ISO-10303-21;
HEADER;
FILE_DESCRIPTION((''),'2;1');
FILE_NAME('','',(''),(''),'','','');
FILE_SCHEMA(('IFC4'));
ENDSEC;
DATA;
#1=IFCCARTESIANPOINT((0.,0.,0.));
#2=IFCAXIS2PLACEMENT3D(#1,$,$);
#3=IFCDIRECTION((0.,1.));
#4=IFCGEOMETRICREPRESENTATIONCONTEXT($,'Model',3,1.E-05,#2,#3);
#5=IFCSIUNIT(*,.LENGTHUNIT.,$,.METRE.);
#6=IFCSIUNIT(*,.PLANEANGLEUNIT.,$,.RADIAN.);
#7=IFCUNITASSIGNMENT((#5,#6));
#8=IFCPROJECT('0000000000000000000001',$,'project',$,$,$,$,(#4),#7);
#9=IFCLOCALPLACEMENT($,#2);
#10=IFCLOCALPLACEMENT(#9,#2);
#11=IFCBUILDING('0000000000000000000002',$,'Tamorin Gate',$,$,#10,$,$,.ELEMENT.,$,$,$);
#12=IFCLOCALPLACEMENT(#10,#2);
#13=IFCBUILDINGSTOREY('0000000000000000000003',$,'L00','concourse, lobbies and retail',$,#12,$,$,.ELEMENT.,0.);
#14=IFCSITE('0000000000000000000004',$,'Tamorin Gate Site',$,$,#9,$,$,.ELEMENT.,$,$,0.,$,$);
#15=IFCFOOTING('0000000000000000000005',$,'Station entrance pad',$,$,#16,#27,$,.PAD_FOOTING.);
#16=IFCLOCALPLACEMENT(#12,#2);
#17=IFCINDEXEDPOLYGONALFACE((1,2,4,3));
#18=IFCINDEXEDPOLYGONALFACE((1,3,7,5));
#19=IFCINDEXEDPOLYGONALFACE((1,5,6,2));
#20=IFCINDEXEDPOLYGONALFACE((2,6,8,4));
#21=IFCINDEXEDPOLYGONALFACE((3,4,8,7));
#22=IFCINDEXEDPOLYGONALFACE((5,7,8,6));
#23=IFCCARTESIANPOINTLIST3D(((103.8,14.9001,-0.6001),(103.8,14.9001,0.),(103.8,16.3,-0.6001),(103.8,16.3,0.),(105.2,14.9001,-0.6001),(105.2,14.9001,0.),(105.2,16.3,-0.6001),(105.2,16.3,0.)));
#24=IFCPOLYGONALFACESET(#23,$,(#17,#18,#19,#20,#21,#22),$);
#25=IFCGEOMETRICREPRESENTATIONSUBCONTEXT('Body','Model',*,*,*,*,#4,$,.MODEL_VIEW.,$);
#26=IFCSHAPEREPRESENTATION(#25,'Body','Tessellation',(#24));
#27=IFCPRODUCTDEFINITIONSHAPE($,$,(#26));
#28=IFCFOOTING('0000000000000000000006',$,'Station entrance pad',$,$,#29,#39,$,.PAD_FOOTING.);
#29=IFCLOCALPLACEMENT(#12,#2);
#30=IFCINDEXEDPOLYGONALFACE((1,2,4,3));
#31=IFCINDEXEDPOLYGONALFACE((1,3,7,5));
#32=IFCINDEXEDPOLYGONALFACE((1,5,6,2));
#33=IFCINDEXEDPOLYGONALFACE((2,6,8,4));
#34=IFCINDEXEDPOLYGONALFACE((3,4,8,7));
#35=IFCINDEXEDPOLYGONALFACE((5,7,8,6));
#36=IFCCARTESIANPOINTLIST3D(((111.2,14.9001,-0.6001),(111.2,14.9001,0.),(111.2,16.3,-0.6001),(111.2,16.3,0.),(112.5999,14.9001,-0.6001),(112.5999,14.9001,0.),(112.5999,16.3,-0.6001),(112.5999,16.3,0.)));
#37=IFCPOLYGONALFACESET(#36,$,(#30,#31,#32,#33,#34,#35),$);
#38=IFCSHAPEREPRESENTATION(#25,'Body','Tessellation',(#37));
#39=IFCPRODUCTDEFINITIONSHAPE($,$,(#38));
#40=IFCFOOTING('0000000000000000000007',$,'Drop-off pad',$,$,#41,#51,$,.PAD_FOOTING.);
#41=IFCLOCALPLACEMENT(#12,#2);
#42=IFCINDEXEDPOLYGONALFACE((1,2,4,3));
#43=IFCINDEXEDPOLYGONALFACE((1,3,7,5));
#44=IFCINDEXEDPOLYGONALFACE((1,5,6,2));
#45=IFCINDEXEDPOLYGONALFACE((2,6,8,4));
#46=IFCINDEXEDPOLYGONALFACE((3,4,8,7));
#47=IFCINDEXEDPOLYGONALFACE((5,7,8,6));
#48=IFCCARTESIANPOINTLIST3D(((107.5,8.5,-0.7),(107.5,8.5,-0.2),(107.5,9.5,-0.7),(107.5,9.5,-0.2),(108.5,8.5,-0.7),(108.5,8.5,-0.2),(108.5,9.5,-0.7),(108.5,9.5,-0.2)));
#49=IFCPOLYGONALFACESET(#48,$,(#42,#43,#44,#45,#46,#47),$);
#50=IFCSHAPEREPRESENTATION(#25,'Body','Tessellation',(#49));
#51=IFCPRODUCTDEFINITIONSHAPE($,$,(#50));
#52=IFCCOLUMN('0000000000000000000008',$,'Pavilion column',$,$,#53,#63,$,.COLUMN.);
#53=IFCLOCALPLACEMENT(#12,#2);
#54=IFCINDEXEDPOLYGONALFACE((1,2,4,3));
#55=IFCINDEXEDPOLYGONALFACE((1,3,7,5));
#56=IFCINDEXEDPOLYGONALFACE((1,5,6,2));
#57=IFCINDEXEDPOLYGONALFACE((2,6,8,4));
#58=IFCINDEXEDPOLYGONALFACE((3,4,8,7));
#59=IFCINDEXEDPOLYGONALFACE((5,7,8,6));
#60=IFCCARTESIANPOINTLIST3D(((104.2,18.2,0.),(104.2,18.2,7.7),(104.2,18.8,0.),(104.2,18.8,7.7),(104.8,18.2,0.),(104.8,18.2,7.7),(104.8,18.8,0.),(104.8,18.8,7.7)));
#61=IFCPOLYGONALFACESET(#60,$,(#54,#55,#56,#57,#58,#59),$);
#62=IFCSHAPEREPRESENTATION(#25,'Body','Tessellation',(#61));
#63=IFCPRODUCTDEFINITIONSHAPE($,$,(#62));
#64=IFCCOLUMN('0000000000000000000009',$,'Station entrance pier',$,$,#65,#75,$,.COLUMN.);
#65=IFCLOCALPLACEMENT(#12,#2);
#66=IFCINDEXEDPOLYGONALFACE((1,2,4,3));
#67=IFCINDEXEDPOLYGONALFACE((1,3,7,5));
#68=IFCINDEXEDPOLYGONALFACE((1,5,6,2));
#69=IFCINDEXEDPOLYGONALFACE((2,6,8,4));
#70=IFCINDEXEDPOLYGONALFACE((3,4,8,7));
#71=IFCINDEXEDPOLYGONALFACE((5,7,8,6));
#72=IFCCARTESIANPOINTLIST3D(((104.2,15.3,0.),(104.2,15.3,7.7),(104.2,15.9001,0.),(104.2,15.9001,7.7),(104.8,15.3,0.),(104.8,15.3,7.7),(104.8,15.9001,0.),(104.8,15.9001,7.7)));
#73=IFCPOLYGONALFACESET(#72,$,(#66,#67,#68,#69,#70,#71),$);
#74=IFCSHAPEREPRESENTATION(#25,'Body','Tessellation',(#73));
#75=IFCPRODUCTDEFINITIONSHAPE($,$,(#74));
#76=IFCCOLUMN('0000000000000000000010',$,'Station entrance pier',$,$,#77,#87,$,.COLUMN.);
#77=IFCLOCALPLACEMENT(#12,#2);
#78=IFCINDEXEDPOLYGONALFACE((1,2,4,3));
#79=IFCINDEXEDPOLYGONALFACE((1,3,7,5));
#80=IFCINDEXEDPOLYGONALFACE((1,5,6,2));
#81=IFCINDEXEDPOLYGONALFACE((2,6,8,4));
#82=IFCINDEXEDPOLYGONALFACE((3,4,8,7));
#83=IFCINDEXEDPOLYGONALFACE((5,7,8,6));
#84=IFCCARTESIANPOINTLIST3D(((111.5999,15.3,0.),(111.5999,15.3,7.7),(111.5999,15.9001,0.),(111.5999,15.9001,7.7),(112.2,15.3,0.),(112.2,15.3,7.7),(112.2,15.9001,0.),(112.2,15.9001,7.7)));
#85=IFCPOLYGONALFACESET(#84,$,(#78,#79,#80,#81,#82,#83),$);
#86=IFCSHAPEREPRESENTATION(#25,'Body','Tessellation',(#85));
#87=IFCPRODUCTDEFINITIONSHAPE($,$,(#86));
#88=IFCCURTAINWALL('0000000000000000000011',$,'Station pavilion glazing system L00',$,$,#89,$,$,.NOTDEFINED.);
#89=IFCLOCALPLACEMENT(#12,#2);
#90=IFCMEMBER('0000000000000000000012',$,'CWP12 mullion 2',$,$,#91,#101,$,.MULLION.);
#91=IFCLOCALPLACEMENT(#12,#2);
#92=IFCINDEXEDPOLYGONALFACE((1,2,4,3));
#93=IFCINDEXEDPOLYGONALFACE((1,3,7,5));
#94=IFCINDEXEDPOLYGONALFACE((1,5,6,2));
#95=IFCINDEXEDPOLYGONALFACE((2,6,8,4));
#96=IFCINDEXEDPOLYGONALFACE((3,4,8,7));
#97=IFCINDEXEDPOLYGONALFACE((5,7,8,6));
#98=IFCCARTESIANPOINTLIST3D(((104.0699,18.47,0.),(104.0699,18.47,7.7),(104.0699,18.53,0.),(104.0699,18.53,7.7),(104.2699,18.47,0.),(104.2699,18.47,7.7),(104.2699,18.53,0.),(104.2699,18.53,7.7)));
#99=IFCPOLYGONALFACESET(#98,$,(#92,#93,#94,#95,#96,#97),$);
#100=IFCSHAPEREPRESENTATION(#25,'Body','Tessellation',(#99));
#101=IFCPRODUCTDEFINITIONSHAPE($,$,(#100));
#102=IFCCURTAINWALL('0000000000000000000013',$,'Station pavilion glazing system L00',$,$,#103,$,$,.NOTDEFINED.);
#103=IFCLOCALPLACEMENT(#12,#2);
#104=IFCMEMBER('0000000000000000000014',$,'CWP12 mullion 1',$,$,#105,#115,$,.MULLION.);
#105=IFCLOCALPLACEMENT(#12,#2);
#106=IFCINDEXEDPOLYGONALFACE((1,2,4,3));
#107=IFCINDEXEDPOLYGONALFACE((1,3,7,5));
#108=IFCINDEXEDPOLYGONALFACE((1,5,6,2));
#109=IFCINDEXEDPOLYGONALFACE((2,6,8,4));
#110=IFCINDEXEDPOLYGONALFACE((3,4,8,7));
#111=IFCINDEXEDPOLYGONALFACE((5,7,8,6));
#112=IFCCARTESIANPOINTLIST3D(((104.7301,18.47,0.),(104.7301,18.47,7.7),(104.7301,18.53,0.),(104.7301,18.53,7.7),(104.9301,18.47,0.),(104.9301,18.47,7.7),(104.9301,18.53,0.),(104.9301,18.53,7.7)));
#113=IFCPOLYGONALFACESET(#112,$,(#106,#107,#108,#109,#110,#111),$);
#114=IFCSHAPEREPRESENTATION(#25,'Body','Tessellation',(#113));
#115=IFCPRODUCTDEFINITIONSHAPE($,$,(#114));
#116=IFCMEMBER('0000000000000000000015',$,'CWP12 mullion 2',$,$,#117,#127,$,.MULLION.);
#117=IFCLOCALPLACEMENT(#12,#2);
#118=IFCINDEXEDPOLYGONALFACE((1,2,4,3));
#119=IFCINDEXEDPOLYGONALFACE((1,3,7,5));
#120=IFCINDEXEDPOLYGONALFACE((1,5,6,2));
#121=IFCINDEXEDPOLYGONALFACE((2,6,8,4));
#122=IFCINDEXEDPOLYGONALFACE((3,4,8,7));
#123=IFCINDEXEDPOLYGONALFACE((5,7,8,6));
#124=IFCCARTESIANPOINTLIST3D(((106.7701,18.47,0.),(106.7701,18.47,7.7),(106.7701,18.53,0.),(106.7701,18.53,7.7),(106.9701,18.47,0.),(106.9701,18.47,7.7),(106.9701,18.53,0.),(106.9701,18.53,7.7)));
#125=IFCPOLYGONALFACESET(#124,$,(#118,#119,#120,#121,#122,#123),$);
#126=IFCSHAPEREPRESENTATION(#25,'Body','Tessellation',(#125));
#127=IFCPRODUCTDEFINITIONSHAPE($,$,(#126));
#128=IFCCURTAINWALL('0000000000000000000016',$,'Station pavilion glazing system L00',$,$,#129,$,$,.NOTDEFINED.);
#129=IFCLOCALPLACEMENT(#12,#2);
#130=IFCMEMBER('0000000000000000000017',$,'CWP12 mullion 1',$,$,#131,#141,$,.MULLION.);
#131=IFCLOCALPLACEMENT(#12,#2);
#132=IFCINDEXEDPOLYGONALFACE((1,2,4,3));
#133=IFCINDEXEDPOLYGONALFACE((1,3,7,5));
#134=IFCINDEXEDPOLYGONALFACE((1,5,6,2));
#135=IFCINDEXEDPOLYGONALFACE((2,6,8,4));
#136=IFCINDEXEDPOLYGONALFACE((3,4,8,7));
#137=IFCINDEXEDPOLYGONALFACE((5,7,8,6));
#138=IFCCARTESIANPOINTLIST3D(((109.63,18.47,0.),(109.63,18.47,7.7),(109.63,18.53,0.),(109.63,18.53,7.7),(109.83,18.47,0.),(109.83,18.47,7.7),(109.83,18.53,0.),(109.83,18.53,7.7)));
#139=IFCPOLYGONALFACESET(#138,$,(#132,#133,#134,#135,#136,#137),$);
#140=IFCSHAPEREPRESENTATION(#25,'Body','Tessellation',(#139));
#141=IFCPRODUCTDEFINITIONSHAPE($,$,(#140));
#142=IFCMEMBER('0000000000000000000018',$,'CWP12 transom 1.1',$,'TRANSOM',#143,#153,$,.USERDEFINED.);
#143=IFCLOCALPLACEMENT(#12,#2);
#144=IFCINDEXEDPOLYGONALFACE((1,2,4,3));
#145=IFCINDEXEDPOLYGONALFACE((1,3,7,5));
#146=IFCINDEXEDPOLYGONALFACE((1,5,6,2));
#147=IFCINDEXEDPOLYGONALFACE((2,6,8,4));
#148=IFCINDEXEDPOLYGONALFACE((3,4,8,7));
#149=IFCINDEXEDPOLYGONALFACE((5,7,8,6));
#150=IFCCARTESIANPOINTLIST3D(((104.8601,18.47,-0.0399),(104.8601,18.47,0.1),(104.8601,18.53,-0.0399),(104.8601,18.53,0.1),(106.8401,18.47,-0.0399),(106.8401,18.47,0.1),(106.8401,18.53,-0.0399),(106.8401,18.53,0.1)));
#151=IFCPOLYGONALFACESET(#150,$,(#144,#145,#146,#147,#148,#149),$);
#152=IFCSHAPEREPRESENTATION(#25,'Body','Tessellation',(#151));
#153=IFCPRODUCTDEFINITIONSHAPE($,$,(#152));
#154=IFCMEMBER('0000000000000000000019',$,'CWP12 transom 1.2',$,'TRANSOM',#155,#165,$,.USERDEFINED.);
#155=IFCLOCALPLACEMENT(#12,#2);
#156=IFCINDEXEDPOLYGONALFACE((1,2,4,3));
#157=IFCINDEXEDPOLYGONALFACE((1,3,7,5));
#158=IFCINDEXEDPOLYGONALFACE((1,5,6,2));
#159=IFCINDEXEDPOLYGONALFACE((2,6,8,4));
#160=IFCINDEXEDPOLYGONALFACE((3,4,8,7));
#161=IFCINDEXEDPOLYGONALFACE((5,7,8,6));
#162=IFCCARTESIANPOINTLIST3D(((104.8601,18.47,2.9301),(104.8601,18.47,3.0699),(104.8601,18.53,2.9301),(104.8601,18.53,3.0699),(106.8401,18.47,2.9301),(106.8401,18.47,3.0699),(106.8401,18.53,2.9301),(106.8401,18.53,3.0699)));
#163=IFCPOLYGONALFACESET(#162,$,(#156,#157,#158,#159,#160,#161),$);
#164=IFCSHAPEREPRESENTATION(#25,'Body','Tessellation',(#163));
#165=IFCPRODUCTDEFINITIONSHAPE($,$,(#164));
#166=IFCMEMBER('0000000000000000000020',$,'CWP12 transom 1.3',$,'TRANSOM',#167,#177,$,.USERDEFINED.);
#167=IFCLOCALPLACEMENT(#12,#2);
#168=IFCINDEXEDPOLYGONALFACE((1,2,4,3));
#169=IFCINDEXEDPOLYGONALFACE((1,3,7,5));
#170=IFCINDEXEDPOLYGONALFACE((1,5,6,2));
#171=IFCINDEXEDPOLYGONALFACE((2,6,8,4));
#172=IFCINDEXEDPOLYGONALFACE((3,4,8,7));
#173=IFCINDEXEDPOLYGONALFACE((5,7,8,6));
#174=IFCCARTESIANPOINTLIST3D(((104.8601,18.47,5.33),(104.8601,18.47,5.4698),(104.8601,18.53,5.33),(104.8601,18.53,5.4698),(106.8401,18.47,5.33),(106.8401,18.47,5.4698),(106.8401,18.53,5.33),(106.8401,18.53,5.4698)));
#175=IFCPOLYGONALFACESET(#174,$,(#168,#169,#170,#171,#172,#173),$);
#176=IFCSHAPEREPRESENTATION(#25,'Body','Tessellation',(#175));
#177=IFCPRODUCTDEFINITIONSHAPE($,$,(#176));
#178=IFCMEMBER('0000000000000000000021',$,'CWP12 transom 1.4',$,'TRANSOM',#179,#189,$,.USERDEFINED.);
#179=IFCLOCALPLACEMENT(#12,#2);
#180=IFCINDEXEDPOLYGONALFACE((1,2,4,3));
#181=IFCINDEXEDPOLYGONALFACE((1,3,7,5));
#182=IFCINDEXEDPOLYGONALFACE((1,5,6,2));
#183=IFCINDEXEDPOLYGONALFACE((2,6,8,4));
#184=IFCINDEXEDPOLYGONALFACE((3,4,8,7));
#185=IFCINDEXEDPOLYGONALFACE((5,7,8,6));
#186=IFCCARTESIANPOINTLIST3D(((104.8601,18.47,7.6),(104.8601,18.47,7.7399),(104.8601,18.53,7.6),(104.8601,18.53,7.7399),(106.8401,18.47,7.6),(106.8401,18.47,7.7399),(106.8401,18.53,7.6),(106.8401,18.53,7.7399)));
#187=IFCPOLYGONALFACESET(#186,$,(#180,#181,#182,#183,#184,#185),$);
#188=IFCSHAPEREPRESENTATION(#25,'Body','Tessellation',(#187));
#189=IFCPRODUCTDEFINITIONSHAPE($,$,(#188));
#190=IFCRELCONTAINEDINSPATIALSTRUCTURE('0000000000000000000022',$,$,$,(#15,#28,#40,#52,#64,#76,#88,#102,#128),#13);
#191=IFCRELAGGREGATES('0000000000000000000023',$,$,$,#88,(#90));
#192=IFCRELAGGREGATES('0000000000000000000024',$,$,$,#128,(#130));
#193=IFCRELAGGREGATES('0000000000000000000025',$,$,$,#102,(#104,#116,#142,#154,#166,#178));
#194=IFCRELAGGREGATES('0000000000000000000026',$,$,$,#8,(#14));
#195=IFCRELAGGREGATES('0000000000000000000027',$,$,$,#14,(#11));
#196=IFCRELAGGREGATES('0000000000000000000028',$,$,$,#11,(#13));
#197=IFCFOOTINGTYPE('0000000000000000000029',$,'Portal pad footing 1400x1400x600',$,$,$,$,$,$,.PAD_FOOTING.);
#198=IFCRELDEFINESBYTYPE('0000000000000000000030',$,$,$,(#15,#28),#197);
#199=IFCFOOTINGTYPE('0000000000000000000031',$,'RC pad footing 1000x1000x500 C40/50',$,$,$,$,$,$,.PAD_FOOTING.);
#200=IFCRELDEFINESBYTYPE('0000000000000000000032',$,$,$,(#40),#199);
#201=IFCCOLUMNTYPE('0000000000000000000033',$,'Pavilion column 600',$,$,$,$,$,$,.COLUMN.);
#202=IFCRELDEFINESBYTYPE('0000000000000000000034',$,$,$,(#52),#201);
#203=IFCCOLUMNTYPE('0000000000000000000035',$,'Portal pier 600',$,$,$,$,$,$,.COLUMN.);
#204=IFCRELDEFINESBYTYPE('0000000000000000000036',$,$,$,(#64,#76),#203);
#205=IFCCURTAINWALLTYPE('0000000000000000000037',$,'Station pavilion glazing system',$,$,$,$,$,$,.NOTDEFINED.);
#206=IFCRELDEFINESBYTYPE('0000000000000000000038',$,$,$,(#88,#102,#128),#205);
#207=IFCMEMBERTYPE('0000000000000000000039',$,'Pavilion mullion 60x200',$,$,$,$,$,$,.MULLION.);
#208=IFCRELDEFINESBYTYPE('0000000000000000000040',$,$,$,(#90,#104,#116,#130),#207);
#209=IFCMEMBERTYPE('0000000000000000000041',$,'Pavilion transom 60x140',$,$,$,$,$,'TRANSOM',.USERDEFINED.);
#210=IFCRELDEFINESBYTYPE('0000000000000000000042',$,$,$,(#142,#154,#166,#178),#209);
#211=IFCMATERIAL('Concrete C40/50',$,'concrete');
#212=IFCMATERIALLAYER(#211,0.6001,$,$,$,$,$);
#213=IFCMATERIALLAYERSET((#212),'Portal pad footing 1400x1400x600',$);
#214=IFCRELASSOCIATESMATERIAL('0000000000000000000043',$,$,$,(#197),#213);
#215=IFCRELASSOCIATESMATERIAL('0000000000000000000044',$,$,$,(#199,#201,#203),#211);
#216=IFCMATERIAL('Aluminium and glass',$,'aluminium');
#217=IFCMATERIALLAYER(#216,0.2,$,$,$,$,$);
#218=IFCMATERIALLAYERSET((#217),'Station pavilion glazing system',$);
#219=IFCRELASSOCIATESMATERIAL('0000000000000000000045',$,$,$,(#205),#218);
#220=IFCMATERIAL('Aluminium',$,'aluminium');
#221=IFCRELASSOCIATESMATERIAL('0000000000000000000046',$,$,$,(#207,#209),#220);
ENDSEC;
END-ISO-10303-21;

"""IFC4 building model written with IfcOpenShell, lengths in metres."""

from ifc_helpers import new_model, si_unit, direction, frame, origin, origin_2d, place, context, subcontext, project, spatial, rectangle, extrude, material, layer, layer_set, material_profile, profile_set, type_object, element, aggregate, save


model = new_model("IFC4")

# Units and contexts
model_context = context("Model", 3, precision=1e-05, world=origin(), true_north=direction((0.0, 1.0)))
body_context = subcontext(model_context, "Body", "Model", "MODEL_VIEW")
ifc_project = project(units=[si_unit("LENGTHUNIT", "METRE"), si_unit("PLANEANGLEUNIT", "RADIAN")], contexts=[model_context])

# Site, building, storey
site_placement = place(None, origin())
site = spatial("IfcSite", under=ifc_project, at=site_placement, Name="Tamorin Gate Site", CompositionType="ELEMENT", RefElevation=0.0)
building_placement = place(site_placement, origin())
building = spatial("IfcBuilding", under=site, at=building_placement, Name="Tamorin Gate", CompositionType="ELEMENT")
storey_placement = place(building_placement, origin())
storey = spatial("IfcBuildingStorey", under=building, at=storey_placement, Name="L00", Description="concourse, lobbies and retail", CompositionType="ELEMENT", Elevation=0.0)

# Footings
ifc_material_1 = material(Name="Concrete C40/50", Category="concrete")
ifc_layer_1 = layer(ifc_material_1, 0.6001)
ifc_layer_set_1 = layer_set([ifc_layer_1], Name="Portal pad footing 1400x1400x600")
footing_type_1 = type_object("IfcFootingType", Name="Portal pad footing 1400x1400x600", PredefinedType="PAD_FOOTING", material=ifc_layer_set_1)
for number, where, z_axis, x_axis, name in (
    (1, (104.5, 15.6001, -0.6001), (0.0, 0.0, 1.0), (1.0, 0.0, 0.0), "Station entrance pad"),
    (2, (111.8999, 15.6001, -0.6001), (0.0, 0.0, 1.0), (1.0, 0.0, 0.0), "Station entrance pad"),
):
    element("IfcFooting", number, at=place(storey_placement, frame(where, z_axis=z_axis, x_axis=x_axis)), inside=storey, type_object=footing_type_1, Name=name, PredefinedType="PAD_FOOTING", context=body_context, shape_type="SweptSolid", body=[
        extrude(rectangle(XDim=1.3999, YDim=1.3999, at=origin_2d()), origin(), (0.0, 0.0, 1.0), 0.6001),
    ])
footing_type_2 = type_object("IfcFootingType", Name="RC pad footing 1000x1000x500 C40/50", PredefinedType="PAD_FOOTING", material=ifc_material_1)
footing_placement = place(storey_placement, frame((108.0, 9.0, -0.7), z_axis=(0.0, 0.0, 1.0), x_axis=(1.0, 0.0, 0.0)))
element("IfcFooting", 3, at=footing_placement, inside=storey, type_object=footing_type_2, Name="Drop-off pad", PredefinedType="PAD_FOOTING", context=body_context, shape_type="SweptSolid", body=[
    extrude(rectangle(XDim=1.0, YDim=1.0, at=origin_2d()), origin(), (0.0, 0.0, 1.0), 0.5),
])

# Columns
ifc_material_profile_1 = material_profile(ifc_material_1, rectangle(XDim=0.6001, YDim=0.6001, at=origin_2d()))
ifc_profile_set_1 = profile_set([ifc_material_profile_1], Name="Concrete C40/50")
column_type_1 = type_object("IfcColumnType", Name="Pavilion column 600", PredefinedType="COLUMN", material=ifc_profile_set_1)
column_placement = place(storey_placement, frame((104.5, 18.5, 0.0), z_axis=(0.0, 0.0, 1.0), x_axis=(1.0, 0.0, 0.0)))
element("IfcColumn", 4, at=column_placement, inside=storey, type_object=column_type_1, Name="Pavilion column", PredefinedType="COLUMN", context=body_context, shape_type="SweptSolid", body=[
    extrude(rectangle(XDim=0.6001, YDim=0.6001, at=origin_2d()), origin(), (0.0, 0.0, 1.0), 7.7),
])
ifc_material_profile_2 = material_profile(ifc_material_1, rectangle(XDim=0.6001, YDim=0.6001, at=origin_2d()), Name="RC 600x600")
ifc_profile_set_2 = profile_set([ifc_material_profile_2], Name="Concrete C40/50")
column_type_2 = type_object("IfcColumnType", Name="Portal pier 600", PredefinedType="COLUMN", material=ifc_profile_set_2)
for number, where, z_axis, x_axis, name in (
    (5, (104.5, 15.6001, 0.0), (0.0, 0.0, 1.0), (1.0, 0.0, 0.0), "Station entrance pier"),
    (6, (111.8999, 15.6001, 0.0), (0.0, 0.0, 1.0), (1.0, 0.0, 0.0), "Station entrance pier"),
):
    element("IfcColumn", number, at=place(storey_placement, frame(where, z_axis=z_axis, x_axis=x_axis)), inside=storey, type_object=column_type_2, Name=name, PredefinedType="COLUMN", context=body_context, shape_type="SweptSolid", body=[
        extrude(rectangle(XDim=0.6001, YDim=0.6001, at=origin_2d()), origin(), (0.0, 0.0, 1.0), 7.7),
    ])

# Curtain wall, member
ifc_material_2 = material(Name="Aluminium and glass", Category="aluminium")
ifc_layer_2 = layer(ifc_material_2, 0.2)
ifc_layer_set_2 = layer_set([ifc_layer_2], Name="Station pavilion glazing system")
curtain_wall_type = type_object("IfcCurtainWallType", Name="Station pavilion glazing system", PredefinedType="NOTDEFINED", material=ifc_layer_set_2)
curtain_wall_1_placement = place(storey_placement, origin())
curtain_wall_1 = element("IfcCurtainWall", 7, at=curtain_wall_1_placement, inside=storey, type_object=curtain_wall_type, Name="Station pavilion glazing system L00", PredefinedType="NOTDEFINED")
ifc_material_3 = material(Name="Aluminium", Category="aluminium")
ifc_material_profile_3 = material_profile(ifc_material_3, rectangle(XDim=0.0601, YDim=0.2, at=origin_2d()), Name="RECT 60x200")
ifc_profile_set_3 = profile_set([ifc_material_profile_3], Name="Aluminium")
member_type_1 = type_object("IfcMemberType", Name="Pavilion mullion 60x200", PredefinedType="MULLION", material=ifc_profile_set_3)
member_1_placement = place(storey_placement, frame((104.1699, 18.5, 0.0), z_axis=(0.0, 0.0, 1.0), x_axis=(0.0, 1.0, 0.0)))
member_1 = element("IfcMember", 8, at=member_1_placement, type_object=member_type_1, Name="CWP12 mullion 2", PredefinedType="MULLION", context=body_context, shape_type="SweptSolid", body=[
    extrude(rectangle(XDim=0.0601, YDim=0.2, at=origin_2d()), origin(), (0.0, 0.0, 1.0), 7.7),
])
aggregate(curtain_wall_1, [member_1])

# Curtain wall, members
curtain_wall_2_placement = place(storey_placement, origin())
curtain_wall_2 = element("IfcCurtainWall", 9, at=curtain_wall_2_placement, inside=storey, type_object=curtain_wall_type, Name="Station pavilion glazing system L00", PredefinedType="NOTDEFINED")
member_2_placement = place(storey_placement, frame((104.8301, 18.5, 0.0), z_axis=(0.0, 0.0, 1.0), x_axis=(0.0, 1.0, 0.0)))
member_2 = element("IfcMember", 10, at=member_2_placement, type_object=member_type_1, Name="CWP12 mullion 1", PredefinedType="MULLION", context=body_context, shape_type="SweptSolid", body=[
    extrude(rectangle(XDim=0.0601, YDim=0.2, at=origin_2d()), origin(), (0.0, 0.0, 1.0), 7.7),
])
member_3_placement = place(storey_placement, frame((106.8701, 18.5, 0.0), z_axis=(0.0, 0.0, 1.0), x_axis=(0.0, 1.0, 0.0)))
member_3 = element("IfcMember", 11, at=member_3_placement, type_object=member_type_1, Name="CWP12 mullion 2", PredefinedType="MULLION", context=body_context, shape_type="SweptSolid", body=[
    extrude(rectangle(XDim=0.0601, YDim=0.2, at=origin_2d()), origin(), (0.0, 0.0, 1.0), 7.7),
])

# Curtain wall, member
curtain_wall_3_placement = place(storey_placement, origin())
curtain_wall_3 = element("IfcCurtainWall", 12, at=curtain_wall_3_placement, inside=storey, type_object=curtain_wall_type, Name="Station pavilion glazing system L00", PredefinedType="NOTDEFINED")
member_4_placement = place(storey_placement, frame((109.73, 18.5, 0.0), z_axis=(0.0, 0.0, 1.0), x_axis=(0.0, 1.0, 0.0)))
member_4 = element("IfcMember", 13, at=member_4_placement, type_object=member_type_1, Name="CWP12 mullion 1", PredefinedType="MULLION", context=body_context, shape_type="SweptSolid", body=[
    extrude(rectangle(XDim=0.0601, YDim=0.2, at=origin_2d()), origin(), (0.0, 0.0, 1.0), 7.7),
])

# Members
ifc_material_profile_4 = material_profile(ifc_material_3, rectangle(XDim=0.0601, YDim=0.1399, at=origin_2d()), Name="RECT 60x140")
ifc_profile_set_4 = profile_set([ifc_material_profile_4], Name="Aluminium")
member_type_2 = type_object("IfcMemberType", Name="Pavilion transom 60x140", ElementType="TRANSOM", PredefinedType="USERDEFINED", material=ifc_profile_set_4)
member_5_placement = place(storey_placement, frame((104.8601, 18.5, 0.03), z_axis=(1.0, 0.0, 0.0), x_axis=(0.0, 1.0, 0.0)))
member_5 = element("IfcMember", 14, at=member_5_placement, type_object=member_type_2, Name="CWP12 transom 1.1", ObjectType="TRANSOM", PredefinedType="USERDEFINED", context=body_context, shape_type="SweptSolid", body=[
    extrude(rectangle(XDim=0.0601, YDim=0.1399, at=origin_2d()), origin(), (0.0, 0.0, 1.0), 1.98),
])
member_6_placement = place(storey_placement, frame((104.8601, 18.5, 3.0), z_axis=(1.0, 0.0, 0.0), x_axis=(0.0, 1.0, 0.0)))
member_6 = element("IfcMember", 15, at=member_6_placement, type_object=member_type_2, Name="CWP12 transom 1.2", ObjectType="TRANSOM", PredefinedType="USERDEFINED", context=body_context, shape_type="SweptSolid", body=[
    extrude(rectangle(XDim=0.0601, YDim=0.1399, at=origin_2d()), origin(), (0.0, 0.0, 1.0), 1.98),
])
member_7_placement = place(storey_placement, frame((104.8601, 18.5, 5.3999), z_axis=(1.0, 0.0, 0.0), x_axis=(0.0, 1.0, 0.0)))
member_7 = element("IfcMember", 16, at=member_7_placement, type_object=member_type_2, Name="CWP12 transom 1.3", ObjectType="TRANSOM", PredefinedType="USERDEFINED", context=body_context, shape_type="SweptSolid", body=[
    extrude(rectangle(XDim=0.0601, YDim=0.1399, at=origin_2d()), origin(), (0.0, 0.0, 1.0), 1.98),
])
member_8_placement = place(storey_placement, frame((104.8601, 18.5, 7.6699), z_axis=(1.0, 0.0, 0.0), x_axis=(0.0, 1.0, 0.0)))
member_8 = element("IfcMember", 17, at=member_8_placement, type_object=member_type_2, Name="CWP12 transom 1.4", ObjectType="TRANSOM", PredefinedType="USERDEFINED", context=body_context, shape_type="SweptSolid", body=[
    extrude(rectangle(XDim=0.0601, YDim=0.1399, at=origin_2d()), origin(), (0.0, 0.0, 1.0), 1.98),
])
aggregate(curtain_wall_3, [member_4])

aggregate(curtain_wall_2, [member_2, member_3, member_5, member_6, member_7, member_8])

save(model, "model.ifc")
